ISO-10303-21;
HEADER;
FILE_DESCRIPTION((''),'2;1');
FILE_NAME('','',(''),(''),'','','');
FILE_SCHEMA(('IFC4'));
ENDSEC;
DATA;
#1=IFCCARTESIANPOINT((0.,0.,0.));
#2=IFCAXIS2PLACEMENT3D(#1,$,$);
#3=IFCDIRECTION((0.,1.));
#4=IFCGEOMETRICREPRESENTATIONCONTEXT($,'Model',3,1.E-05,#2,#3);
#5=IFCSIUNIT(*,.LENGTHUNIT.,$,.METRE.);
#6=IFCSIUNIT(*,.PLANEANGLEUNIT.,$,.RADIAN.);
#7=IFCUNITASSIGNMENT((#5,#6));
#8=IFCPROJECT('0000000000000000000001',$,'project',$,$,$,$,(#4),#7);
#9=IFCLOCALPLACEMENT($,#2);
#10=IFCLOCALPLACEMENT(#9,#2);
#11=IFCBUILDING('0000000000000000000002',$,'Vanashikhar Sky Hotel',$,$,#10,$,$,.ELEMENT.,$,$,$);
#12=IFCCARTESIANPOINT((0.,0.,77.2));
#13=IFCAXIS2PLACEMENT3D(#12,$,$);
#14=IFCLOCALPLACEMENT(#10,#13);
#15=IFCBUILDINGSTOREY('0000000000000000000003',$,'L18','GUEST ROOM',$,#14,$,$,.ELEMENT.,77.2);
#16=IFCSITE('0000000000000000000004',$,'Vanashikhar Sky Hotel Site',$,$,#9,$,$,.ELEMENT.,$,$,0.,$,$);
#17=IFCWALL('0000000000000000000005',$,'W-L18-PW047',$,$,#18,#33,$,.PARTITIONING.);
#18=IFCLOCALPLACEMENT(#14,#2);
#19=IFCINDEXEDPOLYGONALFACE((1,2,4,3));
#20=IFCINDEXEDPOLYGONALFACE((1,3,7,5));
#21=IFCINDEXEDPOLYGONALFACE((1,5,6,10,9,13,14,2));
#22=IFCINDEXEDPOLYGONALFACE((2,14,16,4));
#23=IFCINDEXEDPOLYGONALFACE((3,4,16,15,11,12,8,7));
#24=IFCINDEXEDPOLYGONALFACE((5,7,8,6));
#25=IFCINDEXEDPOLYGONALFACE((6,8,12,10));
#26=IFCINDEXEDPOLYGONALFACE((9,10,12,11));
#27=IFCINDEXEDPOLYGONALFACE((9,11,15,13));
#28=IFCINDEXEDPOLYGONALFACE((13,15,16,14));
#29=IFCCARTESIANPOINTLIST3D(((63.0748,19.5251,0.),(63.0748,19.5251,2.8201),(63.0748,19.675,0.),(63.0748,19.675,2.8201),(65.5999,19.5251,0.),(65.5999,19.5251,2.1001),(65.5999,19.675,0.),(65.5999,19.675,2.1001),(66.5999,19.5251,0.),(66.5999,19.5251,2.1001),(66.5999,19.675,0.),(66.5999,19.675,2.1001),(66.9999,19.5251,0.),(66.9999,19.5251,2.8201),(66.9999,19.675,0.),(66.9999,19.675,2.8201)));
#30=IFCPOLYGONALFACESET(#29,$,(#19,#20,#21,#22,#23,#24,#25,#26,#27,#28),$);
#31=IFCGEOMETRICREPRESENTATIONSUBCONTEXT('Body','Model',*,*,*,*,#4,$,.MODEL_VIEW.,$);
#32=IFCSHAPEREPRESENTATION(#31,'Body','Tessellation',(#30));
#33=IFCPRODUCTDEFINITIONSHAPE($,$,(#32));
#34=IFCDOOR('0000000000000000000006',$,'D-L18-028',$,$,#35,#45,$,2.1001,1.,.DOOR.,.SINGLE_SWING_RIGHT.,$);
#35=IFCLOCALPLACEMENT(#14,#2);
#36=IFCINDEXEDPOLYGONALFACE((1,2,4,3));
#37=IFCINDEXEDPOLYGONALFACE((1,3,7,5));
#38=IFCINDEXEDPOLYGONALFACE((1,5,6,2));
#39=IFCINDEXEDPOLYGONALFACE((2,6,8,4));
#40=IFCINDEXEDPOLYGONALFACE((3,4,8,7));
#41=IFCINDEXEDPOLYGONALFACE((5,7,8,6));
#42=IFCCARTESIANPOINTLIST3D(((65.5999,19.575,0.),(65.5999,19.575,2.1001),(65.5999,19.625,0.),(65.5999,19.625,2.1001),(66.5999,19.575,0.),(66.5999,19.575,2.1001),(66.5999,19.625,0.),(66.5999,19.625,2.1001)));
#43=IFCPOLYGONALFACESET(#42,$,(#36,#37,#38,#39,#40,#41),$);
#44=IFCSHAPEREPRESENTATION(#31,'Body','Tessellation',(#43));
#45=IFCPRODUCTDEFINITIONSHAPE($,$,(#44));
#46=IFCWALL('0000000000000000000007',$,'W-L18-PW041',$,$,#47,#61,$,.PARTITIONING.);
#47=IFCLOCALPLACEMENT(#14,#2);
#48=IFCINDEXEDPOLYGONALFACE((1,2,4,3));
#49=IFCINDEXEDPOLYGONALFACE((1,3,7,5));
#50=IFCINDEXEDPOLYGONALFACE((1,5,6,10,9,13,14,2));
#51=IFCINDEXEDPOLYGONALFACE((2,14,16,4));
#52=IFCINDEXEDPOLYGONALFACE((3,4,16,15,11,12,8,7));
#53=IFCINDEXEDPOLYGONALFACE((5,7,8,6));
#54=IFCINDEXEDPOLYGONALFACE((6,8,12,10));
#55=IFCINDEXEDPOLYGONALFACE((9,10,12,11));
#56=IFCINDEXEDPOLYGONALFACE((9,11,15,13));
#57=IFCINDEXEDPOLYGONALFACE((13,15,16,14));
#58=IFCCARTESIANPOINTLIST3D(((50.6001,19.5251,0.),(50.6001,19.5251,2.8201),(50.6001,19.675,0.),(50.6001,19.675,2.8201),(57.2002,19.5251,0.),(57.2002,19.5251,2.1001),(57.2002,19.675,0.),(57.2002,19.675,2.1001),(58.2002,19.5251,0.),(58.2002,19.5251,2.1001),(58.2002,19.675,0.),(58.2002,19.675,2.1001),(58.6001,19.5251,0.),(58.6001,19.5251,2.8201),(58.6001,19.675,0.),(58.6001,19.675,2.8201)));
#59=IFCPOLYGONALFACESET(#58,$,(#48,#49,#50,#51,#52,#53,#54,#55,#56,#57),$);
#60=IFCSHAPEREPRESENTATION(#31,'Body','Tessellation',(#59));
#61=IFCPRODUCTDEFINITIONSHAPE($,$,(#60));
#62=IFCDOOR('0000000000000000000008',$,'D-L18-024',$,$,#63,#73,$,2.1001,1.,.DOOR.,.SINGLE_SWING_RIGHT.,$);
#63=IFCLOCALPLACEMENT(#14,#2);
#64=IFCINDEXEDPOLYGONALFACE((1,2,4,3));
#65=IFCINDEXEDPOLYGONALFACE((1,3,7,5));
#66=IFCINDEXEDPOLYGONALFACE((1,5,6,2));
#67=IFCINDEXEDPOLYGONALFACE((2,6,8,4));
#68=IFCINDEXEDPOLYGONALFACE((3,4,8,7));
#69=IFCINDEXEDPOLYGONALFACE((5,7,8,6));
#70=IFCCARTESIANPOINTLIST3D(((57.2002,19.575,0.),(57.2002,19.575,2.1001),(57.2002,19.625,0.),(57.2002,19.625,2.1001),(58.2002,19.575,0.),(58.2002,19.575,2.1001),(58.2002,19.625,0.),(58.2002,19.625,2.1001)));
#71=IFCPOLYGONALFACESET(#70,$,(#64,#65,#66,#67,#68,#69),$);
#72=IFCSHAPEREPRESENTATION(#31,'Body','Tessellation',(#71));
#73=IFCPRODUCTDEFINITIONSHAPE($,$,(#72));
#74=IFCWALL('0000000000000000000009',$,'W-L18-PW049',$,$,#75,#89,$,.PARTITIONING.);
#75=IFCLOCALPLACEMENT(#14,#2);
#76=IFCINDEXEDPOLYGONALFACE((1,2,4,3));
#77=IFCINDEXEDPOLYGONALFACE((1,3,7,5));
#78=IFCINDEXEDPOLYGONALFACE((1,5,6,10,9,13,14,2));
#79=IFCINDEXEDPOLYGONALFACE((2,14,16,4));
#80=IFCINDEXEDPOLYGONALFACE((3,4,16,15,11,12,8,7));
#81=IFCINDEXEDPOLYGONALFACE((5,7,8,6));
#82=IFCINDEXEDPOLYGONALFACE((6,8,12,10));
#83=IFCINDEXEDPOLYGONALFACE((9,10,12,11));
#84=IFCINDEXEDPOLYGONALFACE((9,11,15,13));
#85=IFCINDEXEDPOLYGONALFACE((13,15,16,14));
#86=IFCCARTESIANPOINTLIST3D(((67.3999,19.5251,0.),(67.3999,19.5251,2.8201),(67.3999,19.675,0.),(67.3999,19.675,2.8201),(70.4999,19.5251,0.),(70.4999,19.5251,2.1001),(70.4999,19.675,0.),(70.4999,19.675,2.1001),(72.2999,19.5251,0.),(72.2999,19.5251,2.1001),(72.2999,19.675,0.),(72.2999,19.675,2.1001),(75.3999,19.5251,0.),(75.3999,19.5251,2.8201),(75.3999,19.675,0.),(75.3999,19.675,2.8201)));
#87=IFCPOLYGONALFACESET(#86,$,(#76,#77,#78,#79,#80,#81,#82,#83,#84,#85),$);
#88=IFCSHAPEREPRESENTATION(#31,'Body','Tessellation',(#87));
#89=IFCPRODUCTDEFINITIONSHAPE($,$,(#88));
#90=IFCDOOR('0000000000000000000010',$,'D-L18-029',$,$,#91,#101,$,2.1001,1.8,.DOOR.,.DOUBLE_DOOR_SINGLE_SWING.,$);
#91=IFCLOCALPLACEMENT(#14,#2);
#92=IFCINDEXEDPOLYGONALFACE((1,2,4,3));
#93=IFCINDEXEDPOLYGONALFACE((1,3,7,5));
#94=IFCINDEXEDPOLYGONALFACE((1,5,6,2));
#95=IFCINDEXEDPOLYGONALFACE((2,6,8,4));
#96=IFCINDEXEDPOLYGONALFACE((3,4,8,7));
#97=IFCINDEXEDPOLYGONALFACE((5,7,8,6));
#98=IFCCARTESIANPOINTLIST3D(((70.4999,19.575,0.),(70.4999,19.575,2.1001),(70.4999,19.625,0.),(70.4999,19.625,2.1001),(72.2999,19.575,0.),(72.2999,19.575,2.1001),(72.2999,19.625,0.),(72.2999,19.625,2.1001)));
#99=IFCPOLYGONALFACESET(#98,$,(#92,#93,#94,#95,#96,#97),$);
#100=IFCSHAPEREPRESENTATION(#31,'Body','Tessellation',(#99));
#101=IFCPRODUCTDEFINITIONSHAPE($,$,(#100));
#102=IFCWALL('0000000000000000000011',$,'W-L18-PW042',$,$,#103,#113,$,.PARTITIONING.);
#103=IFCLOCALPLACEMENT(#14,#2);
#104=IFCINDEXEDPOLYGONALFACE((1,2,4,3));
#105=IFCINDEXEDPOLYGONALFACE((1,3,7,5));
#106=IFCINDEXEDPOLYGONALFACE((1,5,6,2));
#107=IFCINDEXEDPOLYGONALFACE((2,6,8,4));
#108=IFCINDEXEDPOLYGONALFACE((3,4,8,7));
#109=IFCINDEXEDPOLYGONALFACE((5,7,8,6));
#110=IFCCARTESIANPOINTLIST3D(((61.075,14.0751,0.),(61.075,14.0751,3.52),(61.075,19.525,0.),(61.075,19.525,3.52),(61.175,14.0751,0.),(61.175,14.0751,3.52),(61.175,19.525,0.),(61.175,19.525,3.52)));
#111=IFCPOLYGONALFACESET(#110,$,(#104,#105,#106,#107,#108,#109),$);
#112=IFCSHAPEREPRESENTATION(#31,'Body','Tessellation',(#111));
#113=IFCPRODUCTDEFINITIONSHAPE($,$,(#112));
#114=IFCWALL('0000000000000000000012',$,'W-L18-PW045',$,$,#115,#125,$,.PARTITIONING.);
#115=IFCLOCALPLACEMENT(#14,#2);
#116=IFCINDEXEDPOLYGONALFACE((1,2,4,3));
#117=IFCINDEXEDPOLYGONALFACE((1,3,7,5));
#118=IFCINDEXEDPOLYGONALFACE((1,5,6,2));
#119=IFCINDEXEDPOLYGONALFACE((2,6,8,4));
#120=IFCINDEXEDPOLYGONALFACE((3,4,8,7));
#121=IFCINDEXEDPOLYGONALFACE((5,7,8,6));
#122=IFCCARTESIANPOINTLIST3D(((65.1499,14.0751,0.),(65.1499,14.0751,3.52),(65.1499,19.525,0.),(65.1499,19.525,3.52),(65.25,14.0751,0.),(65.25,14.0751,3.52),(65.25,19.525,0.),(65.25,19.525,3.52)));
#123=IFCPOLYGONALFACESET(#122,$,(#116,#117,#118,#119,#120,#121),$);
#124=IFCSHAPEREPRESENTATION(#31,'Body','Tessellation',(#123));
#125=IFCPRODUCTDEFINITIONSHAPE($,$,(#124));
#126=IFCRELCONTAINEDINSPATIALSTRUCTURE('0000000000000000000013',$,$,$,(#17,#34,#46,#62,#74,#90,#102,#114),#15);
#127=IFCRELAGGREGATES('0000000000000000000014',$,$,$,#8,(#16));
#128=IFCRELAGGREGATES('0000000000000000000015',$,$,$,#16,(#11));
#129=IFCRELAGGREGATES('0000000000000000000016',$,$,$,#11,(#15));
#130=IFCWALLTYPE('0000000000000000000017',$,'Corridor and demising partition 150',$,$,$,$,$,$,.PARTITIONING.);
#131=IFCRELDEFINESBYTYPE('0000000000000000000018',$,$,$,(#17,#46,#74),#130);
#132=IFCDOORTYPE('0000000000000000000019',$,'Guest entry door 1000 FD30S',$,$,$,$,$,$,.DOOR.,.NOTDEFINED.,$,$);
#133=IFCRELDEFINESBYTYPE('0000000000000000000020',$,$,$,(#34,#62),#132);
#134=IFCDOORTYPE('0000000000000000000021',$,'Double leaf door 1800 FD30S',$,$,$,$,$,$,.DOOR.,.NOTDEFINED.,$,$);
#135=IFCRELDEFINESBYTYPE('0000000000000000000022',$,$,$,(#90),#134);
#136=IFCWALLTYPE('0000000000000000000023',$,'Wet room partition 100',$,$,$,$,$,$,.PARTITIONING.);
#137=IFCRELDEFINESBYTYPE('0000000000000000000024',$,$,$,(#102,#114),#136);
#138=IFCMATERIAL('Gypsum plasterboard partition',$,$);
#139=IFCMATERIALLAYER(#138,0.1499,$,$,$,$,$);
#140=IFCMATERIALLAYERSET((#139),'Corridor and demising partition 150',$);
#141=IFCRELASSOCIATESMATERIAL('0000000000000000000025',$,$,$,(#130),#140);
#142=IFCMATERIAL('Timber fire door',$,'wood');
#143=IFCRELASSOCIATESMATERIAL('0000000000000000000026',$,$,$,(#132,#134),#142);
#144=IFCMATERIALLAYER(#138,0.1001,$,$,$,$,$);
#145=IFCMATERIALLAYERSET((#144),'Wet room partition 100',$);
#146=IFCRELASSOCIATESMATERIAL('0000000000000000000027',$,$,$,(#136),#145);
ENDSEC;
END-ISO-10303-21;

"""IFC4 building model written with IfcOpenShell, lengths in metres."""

from ifc_helpers import new_model, si_unit, direction, frame, frame_2d, origin, place, context, subcontext, project, spatial, rectangle, extrude, source, transform, mapped, material, layer, layer_set, type_object, element, fill, save


model = new_model("IFC4")

# Units and contexts
model_context = context("Model", 3, precision=1e-05, world=origin(), true_north=direction((0.0, 1.0)))
body_context = subcontext(model_context, "Body", "Model", "MODEL_VIEW")
ifc_project = project(units=[si_unit("LENGTHUNIT", "METRE"), si_unit("PLANEANGLEUNIT", "RADIAN")], contexts=[model_context])

# Site, building, storey
site_placement = place(None, origin())
site = spatial("IfcSite", under=ifc_project, at=site_placement, Name="Vanashikhar Sky Hotel Site", CompositionType="ELEMENT", RefElevation=0.0)
building_placement = place(site_placement, origin())
building = spatial("IfcBuilding", under=site, at=building_placement, Name="Vanashikhar Sky Hotel", CompositionType="ELEMENT")
storey_placement = place(building_placement, frame((0.0, 0.0, 77.2)))
storey = spatial("IfcBuildingStorey", under=building, at=storey_placement, Name="L18", Description="GUEST ROOM", CompositionType="ELEMENT", Elevation=77.2)

# Walls, openings, doors
ifc_material_1 = material(Name="Gypsum plasterboard partition")
ifc_layer_1 = layer(ifc_material_1, 0.1499)
ifc_layer_set_1 = layer_set([ifc_layer_1], Name="Corridor and demising partition 150")
wall_type_1 = type_object("IfcWallType", Name="Corridor and demising partition 150", PredefinedType="PARTITIONING", material=ifc_layer_set_1)
shared_shape_1 = source(origin(), body_context, "Body", "SweptSolid", [
    extrude(rectangle(XDim=3.925, YDim=0.1499, at=frame_2d((1.9624, 0.0))), origin(), (0.0, 0.0, 1.0), 2.8201),
])
shared_shape_2 = source(origin(), body_context, "Body", "SweptSolid", [
    extrude(rectangle(XDim=1.0, YDim=2.1001, at=frame_2d((0.5, 1.05))), frame((0.0, 0.085, 0.0), z_axis=(0.0, -1.0, 0.0), x_axis=(1.0, 0.0, 0.0)), (0.0, 0.0, 1.0), 0.1699),
])
ifc_material_2 = material(Name="Timber fire door", Category="wood")
door_type_1 = type_object("IfcDoorType", Name="Guest entry door 1000 FD30S", OperationType="NOTDEFINED", PredefinedType="DOOR", material=ifc_material_2)
shared_shape_3 = source(origin(), body_context, "Body", "SweptSolid", [
    extrude(rectangle(XDim=1.0, YDim=2.1001, at=frame_2d((0.5, 1.05))), frame((0.0, 0.0249, 0.0), z_axis=(0.0, -1.0, 0.0), x_axis=(1.0, 0.0, 0.0)), (0.0, 0.0, 1.0), 0.05),
])
wall_1_placement = place(storey_placement, frame((63.075, 19.6001, 0.0), z_axis=(0.0, 0.0, 1.0), x_axis=(1.0, 0.0, 0.0)))
wall_1 = element("IfcWall", 1, at=wall_1_placement, inside=storey, type_object=wall_type_1, Name="W-L18-PW047", PredefinedType="PARTITIONING", context=body_context, shape_type="MappedRepresentation", body=[
    mapped(shared_shape_1, transform((0.0, 0.0, 0.0), scale=1.0)),
])
opening_1_placement = place(wall_1_placement, frame((2.5249, 0.0, 0.0)))
opening_1 = element("IfcOpeningElement", 2, at=opening_1_placement, cuts=wall_1, PredefinedType="OPENING", context=body_context, shape_type="MappedRepresentation", body=[
    mapped(shared_shape_2, transform((0.0, 0.0, 0.0), scale=1.0)),
])
door_1_placement = place(opening_1_placement, origin())
door_1 = element("IfcDoor", 3, at=door_1_placement, inside=storey, type_object=door_type_1, Name="D-L18-028", OperationType="SINGLE_SWING_RIGHT", OverallHeight=2.1001, OverallWidth=1.0, PredefinedType="DOOR", context=body_context, shape_type="MappedRepresentation", body=[
    mapped(shared_shape_3, transform((0.0, 0.0, 0.0), scale=1.0)),
])
fill(opening_1, door_1)
shared_shape_4 = source(origin(), body_context, "Body", "SweptSolid", [
    extrude(rectangle(XDim=8.0, YDim=0.1499, at=frame_2d((4.0, 0.0))), origin(), (0.0, 0.0, 1.0), 2.8201),
])
wall_2_placement = place(storey_placement, frame((50.6001, 19.6001, 0.0), z_axis=(0.0, 0.0, 1.0), x_axis=(1.0, 0.0, 0.0)))
wall_2 = element("IfcWall", 4, at=wall_2_placement, inside=storey, type_object=wall_type_1, Name="W-L18-PW041", PredefinedType="PARTITIONING", context=body_context, shape_type="MappedRepresentation", body=[
    mapped(shared_shape_4, transform((0.0, 0.0, 0.0), scale=1.0)),
])
opening_2_placement = place(wall_2_placement, frame((6.6001, 0.0, 0.0)))
opening_2 = element("IfcOpeningElement", 5, at=opening_2_placement, cuts=wall_2, PredefinedType="OPENING", context=body_context, shape_type="MappedRepresentation", body=[
    mapped(shared_shape_2, transform((0.0, 0.0, 0.0), scale=1.0)),
])
door_2_placement = place(opening_2_placement, origin())
door_2 = element("IfcDoor", 6, at=door_2_placement, inside=storey, type_object=door_type_1, Name="D-L18-024", OperationType="SINGLE_SWING_RIGHT", OverallHeight=2.1001, OverallWidth=1.0, PredefinedType="DOOR", context=body_context, shape_type="MappedRepresentation", body=[
    mapped(shared_shape_3, transform((0.0, 0.0, 0.0), scale=1.0)),
])
fill(opening_2, door_2)
wall_3_placement = place(storey_placement, frame((67.3999, 19.6001, 0.0), z_axis=(0.0, 0.0, 1.0), x_axis=(1.0, 0.0, 0.0)))
wall_3 = element("IfcWall", 7, at=wall_3_placement, inside=storey, type_object=wall_type_1, Name="W-L18-PW049", PredefinedType="PARTITIONING", context=body_context, shape_type="MappedRepresentation", body=[
    mapped(shared_shape_4, transform((0.0, 0.0, 0.0), scale=1.0)),
])
shared_shape_5 = source(origin(), body_context, "Body", "SweptSolid", [
    extrude(rectangle(XDim=1.8, YDim=2.1001, at=frame_2d((0.8999, 1.05))), frame((0.0, 0.085, 0.0), z_axis=(0.0, -1.0, 0.0), x_axis=(1.0, 0.0, 0.0)), (0.0, 0.0, 1.0), 0.1699),
])
opening_3_placement = place(wall_3_placement, frame((3.1001, 0.0, 0.0)))
opening_3 = element("IfcOpeningElement", 8, at=opening_3_placement, cuts=wall_3, PredefinedType="OPENING", context=body_context, shape_type="MappedRepresentation", body=[
    mapped(shared_shape_5, transform((0.0, 0.0, 0.0), scale=1.0)),
])
door_type_2 = type_object("IfcDoorType", Name="Double leaf door 1800 FD30S", OperationType="NOTDEFINED", PredefinedType="DOOR", material=ifc_material_2)
shared_shape_6 = source(origin(), body_context, "Body", "SweptSolid", [
    extrude(rectangle(XDim=1.8, YDim=2.1001, at=frame_2d((0.8999, 1.05))), frame((0.0, 0.0249, 0.0), z_axis=(0.0, -1.0, 0.0), x_axis=(1.0, 0.0, 0.0)), (0.0, 0.0, 1.0), 0.05),
])
door_3_placement = place(opening_3_placement, origin())
door_3 = element("IfcDoor", 9, at=door_3_placement, inside=storey, type_object=door_type_2, Name="D-L18-029", OperationType="DOUBLE_DOOR_SINGLE_SWING", OverallHeight=2.1001, OverallWidth=1.8, PredefinedType="DOOR", context=body_context, shape_type="MappedRepresentation", body=[
    mapped(shared_shape_6, transform((0.0, 0.0, 0.0), scale=1.0)),
])
fill(opening_3, door_3)

# Walls
ifc_layer_2 = layer(ifc_material_1, 0.1001)
ifc_layer_set_2 = layer_set([ifc_layer_2], Name="Wet room partition 100")
wall_type_2 = type_object("IfcWallType", Name="Wet room partition 100", PredefinedType="PARTITIONING", material=ifc_layer_set_2)
shared_shape_7 = source(origin(), body_context, "Body", "SweptSolid", [
    extrude(rectangle(XDim=5.45, YDim=0.1001, at=frame_2d((2.7251, 0.0))), origin(), (0.0, 0.0, 1.0), 3.52),
])
for number, where, z_axis, x_axis, name in (
    (10, (61.125, 14.075, 0.0), (0.0, 0.0, 1.0), (0.0, 1.0, 0.0), "W-L18-PW042"),
    (11, (65.2, 14.075, 0.0), (0.0, 0.0, 1.0), (0.0, 1.0, 0.0), "W-L18-PW045"),
):
    element("IfcWall", number, at=place(storey_placement, frame(where, z_axis=z_axis, x_axis=x_axis)), inside=storey, type_object=wall_type_2, Name=name, PredefinedType="PARTITIONING", context=body_context, shape_type="MappedRepresentation", body=[
        mapped(shared_shape_7, transform((0.0, 0.0, 0.0), scale=1.0)),
    ])

save(model, "model.ifc")
